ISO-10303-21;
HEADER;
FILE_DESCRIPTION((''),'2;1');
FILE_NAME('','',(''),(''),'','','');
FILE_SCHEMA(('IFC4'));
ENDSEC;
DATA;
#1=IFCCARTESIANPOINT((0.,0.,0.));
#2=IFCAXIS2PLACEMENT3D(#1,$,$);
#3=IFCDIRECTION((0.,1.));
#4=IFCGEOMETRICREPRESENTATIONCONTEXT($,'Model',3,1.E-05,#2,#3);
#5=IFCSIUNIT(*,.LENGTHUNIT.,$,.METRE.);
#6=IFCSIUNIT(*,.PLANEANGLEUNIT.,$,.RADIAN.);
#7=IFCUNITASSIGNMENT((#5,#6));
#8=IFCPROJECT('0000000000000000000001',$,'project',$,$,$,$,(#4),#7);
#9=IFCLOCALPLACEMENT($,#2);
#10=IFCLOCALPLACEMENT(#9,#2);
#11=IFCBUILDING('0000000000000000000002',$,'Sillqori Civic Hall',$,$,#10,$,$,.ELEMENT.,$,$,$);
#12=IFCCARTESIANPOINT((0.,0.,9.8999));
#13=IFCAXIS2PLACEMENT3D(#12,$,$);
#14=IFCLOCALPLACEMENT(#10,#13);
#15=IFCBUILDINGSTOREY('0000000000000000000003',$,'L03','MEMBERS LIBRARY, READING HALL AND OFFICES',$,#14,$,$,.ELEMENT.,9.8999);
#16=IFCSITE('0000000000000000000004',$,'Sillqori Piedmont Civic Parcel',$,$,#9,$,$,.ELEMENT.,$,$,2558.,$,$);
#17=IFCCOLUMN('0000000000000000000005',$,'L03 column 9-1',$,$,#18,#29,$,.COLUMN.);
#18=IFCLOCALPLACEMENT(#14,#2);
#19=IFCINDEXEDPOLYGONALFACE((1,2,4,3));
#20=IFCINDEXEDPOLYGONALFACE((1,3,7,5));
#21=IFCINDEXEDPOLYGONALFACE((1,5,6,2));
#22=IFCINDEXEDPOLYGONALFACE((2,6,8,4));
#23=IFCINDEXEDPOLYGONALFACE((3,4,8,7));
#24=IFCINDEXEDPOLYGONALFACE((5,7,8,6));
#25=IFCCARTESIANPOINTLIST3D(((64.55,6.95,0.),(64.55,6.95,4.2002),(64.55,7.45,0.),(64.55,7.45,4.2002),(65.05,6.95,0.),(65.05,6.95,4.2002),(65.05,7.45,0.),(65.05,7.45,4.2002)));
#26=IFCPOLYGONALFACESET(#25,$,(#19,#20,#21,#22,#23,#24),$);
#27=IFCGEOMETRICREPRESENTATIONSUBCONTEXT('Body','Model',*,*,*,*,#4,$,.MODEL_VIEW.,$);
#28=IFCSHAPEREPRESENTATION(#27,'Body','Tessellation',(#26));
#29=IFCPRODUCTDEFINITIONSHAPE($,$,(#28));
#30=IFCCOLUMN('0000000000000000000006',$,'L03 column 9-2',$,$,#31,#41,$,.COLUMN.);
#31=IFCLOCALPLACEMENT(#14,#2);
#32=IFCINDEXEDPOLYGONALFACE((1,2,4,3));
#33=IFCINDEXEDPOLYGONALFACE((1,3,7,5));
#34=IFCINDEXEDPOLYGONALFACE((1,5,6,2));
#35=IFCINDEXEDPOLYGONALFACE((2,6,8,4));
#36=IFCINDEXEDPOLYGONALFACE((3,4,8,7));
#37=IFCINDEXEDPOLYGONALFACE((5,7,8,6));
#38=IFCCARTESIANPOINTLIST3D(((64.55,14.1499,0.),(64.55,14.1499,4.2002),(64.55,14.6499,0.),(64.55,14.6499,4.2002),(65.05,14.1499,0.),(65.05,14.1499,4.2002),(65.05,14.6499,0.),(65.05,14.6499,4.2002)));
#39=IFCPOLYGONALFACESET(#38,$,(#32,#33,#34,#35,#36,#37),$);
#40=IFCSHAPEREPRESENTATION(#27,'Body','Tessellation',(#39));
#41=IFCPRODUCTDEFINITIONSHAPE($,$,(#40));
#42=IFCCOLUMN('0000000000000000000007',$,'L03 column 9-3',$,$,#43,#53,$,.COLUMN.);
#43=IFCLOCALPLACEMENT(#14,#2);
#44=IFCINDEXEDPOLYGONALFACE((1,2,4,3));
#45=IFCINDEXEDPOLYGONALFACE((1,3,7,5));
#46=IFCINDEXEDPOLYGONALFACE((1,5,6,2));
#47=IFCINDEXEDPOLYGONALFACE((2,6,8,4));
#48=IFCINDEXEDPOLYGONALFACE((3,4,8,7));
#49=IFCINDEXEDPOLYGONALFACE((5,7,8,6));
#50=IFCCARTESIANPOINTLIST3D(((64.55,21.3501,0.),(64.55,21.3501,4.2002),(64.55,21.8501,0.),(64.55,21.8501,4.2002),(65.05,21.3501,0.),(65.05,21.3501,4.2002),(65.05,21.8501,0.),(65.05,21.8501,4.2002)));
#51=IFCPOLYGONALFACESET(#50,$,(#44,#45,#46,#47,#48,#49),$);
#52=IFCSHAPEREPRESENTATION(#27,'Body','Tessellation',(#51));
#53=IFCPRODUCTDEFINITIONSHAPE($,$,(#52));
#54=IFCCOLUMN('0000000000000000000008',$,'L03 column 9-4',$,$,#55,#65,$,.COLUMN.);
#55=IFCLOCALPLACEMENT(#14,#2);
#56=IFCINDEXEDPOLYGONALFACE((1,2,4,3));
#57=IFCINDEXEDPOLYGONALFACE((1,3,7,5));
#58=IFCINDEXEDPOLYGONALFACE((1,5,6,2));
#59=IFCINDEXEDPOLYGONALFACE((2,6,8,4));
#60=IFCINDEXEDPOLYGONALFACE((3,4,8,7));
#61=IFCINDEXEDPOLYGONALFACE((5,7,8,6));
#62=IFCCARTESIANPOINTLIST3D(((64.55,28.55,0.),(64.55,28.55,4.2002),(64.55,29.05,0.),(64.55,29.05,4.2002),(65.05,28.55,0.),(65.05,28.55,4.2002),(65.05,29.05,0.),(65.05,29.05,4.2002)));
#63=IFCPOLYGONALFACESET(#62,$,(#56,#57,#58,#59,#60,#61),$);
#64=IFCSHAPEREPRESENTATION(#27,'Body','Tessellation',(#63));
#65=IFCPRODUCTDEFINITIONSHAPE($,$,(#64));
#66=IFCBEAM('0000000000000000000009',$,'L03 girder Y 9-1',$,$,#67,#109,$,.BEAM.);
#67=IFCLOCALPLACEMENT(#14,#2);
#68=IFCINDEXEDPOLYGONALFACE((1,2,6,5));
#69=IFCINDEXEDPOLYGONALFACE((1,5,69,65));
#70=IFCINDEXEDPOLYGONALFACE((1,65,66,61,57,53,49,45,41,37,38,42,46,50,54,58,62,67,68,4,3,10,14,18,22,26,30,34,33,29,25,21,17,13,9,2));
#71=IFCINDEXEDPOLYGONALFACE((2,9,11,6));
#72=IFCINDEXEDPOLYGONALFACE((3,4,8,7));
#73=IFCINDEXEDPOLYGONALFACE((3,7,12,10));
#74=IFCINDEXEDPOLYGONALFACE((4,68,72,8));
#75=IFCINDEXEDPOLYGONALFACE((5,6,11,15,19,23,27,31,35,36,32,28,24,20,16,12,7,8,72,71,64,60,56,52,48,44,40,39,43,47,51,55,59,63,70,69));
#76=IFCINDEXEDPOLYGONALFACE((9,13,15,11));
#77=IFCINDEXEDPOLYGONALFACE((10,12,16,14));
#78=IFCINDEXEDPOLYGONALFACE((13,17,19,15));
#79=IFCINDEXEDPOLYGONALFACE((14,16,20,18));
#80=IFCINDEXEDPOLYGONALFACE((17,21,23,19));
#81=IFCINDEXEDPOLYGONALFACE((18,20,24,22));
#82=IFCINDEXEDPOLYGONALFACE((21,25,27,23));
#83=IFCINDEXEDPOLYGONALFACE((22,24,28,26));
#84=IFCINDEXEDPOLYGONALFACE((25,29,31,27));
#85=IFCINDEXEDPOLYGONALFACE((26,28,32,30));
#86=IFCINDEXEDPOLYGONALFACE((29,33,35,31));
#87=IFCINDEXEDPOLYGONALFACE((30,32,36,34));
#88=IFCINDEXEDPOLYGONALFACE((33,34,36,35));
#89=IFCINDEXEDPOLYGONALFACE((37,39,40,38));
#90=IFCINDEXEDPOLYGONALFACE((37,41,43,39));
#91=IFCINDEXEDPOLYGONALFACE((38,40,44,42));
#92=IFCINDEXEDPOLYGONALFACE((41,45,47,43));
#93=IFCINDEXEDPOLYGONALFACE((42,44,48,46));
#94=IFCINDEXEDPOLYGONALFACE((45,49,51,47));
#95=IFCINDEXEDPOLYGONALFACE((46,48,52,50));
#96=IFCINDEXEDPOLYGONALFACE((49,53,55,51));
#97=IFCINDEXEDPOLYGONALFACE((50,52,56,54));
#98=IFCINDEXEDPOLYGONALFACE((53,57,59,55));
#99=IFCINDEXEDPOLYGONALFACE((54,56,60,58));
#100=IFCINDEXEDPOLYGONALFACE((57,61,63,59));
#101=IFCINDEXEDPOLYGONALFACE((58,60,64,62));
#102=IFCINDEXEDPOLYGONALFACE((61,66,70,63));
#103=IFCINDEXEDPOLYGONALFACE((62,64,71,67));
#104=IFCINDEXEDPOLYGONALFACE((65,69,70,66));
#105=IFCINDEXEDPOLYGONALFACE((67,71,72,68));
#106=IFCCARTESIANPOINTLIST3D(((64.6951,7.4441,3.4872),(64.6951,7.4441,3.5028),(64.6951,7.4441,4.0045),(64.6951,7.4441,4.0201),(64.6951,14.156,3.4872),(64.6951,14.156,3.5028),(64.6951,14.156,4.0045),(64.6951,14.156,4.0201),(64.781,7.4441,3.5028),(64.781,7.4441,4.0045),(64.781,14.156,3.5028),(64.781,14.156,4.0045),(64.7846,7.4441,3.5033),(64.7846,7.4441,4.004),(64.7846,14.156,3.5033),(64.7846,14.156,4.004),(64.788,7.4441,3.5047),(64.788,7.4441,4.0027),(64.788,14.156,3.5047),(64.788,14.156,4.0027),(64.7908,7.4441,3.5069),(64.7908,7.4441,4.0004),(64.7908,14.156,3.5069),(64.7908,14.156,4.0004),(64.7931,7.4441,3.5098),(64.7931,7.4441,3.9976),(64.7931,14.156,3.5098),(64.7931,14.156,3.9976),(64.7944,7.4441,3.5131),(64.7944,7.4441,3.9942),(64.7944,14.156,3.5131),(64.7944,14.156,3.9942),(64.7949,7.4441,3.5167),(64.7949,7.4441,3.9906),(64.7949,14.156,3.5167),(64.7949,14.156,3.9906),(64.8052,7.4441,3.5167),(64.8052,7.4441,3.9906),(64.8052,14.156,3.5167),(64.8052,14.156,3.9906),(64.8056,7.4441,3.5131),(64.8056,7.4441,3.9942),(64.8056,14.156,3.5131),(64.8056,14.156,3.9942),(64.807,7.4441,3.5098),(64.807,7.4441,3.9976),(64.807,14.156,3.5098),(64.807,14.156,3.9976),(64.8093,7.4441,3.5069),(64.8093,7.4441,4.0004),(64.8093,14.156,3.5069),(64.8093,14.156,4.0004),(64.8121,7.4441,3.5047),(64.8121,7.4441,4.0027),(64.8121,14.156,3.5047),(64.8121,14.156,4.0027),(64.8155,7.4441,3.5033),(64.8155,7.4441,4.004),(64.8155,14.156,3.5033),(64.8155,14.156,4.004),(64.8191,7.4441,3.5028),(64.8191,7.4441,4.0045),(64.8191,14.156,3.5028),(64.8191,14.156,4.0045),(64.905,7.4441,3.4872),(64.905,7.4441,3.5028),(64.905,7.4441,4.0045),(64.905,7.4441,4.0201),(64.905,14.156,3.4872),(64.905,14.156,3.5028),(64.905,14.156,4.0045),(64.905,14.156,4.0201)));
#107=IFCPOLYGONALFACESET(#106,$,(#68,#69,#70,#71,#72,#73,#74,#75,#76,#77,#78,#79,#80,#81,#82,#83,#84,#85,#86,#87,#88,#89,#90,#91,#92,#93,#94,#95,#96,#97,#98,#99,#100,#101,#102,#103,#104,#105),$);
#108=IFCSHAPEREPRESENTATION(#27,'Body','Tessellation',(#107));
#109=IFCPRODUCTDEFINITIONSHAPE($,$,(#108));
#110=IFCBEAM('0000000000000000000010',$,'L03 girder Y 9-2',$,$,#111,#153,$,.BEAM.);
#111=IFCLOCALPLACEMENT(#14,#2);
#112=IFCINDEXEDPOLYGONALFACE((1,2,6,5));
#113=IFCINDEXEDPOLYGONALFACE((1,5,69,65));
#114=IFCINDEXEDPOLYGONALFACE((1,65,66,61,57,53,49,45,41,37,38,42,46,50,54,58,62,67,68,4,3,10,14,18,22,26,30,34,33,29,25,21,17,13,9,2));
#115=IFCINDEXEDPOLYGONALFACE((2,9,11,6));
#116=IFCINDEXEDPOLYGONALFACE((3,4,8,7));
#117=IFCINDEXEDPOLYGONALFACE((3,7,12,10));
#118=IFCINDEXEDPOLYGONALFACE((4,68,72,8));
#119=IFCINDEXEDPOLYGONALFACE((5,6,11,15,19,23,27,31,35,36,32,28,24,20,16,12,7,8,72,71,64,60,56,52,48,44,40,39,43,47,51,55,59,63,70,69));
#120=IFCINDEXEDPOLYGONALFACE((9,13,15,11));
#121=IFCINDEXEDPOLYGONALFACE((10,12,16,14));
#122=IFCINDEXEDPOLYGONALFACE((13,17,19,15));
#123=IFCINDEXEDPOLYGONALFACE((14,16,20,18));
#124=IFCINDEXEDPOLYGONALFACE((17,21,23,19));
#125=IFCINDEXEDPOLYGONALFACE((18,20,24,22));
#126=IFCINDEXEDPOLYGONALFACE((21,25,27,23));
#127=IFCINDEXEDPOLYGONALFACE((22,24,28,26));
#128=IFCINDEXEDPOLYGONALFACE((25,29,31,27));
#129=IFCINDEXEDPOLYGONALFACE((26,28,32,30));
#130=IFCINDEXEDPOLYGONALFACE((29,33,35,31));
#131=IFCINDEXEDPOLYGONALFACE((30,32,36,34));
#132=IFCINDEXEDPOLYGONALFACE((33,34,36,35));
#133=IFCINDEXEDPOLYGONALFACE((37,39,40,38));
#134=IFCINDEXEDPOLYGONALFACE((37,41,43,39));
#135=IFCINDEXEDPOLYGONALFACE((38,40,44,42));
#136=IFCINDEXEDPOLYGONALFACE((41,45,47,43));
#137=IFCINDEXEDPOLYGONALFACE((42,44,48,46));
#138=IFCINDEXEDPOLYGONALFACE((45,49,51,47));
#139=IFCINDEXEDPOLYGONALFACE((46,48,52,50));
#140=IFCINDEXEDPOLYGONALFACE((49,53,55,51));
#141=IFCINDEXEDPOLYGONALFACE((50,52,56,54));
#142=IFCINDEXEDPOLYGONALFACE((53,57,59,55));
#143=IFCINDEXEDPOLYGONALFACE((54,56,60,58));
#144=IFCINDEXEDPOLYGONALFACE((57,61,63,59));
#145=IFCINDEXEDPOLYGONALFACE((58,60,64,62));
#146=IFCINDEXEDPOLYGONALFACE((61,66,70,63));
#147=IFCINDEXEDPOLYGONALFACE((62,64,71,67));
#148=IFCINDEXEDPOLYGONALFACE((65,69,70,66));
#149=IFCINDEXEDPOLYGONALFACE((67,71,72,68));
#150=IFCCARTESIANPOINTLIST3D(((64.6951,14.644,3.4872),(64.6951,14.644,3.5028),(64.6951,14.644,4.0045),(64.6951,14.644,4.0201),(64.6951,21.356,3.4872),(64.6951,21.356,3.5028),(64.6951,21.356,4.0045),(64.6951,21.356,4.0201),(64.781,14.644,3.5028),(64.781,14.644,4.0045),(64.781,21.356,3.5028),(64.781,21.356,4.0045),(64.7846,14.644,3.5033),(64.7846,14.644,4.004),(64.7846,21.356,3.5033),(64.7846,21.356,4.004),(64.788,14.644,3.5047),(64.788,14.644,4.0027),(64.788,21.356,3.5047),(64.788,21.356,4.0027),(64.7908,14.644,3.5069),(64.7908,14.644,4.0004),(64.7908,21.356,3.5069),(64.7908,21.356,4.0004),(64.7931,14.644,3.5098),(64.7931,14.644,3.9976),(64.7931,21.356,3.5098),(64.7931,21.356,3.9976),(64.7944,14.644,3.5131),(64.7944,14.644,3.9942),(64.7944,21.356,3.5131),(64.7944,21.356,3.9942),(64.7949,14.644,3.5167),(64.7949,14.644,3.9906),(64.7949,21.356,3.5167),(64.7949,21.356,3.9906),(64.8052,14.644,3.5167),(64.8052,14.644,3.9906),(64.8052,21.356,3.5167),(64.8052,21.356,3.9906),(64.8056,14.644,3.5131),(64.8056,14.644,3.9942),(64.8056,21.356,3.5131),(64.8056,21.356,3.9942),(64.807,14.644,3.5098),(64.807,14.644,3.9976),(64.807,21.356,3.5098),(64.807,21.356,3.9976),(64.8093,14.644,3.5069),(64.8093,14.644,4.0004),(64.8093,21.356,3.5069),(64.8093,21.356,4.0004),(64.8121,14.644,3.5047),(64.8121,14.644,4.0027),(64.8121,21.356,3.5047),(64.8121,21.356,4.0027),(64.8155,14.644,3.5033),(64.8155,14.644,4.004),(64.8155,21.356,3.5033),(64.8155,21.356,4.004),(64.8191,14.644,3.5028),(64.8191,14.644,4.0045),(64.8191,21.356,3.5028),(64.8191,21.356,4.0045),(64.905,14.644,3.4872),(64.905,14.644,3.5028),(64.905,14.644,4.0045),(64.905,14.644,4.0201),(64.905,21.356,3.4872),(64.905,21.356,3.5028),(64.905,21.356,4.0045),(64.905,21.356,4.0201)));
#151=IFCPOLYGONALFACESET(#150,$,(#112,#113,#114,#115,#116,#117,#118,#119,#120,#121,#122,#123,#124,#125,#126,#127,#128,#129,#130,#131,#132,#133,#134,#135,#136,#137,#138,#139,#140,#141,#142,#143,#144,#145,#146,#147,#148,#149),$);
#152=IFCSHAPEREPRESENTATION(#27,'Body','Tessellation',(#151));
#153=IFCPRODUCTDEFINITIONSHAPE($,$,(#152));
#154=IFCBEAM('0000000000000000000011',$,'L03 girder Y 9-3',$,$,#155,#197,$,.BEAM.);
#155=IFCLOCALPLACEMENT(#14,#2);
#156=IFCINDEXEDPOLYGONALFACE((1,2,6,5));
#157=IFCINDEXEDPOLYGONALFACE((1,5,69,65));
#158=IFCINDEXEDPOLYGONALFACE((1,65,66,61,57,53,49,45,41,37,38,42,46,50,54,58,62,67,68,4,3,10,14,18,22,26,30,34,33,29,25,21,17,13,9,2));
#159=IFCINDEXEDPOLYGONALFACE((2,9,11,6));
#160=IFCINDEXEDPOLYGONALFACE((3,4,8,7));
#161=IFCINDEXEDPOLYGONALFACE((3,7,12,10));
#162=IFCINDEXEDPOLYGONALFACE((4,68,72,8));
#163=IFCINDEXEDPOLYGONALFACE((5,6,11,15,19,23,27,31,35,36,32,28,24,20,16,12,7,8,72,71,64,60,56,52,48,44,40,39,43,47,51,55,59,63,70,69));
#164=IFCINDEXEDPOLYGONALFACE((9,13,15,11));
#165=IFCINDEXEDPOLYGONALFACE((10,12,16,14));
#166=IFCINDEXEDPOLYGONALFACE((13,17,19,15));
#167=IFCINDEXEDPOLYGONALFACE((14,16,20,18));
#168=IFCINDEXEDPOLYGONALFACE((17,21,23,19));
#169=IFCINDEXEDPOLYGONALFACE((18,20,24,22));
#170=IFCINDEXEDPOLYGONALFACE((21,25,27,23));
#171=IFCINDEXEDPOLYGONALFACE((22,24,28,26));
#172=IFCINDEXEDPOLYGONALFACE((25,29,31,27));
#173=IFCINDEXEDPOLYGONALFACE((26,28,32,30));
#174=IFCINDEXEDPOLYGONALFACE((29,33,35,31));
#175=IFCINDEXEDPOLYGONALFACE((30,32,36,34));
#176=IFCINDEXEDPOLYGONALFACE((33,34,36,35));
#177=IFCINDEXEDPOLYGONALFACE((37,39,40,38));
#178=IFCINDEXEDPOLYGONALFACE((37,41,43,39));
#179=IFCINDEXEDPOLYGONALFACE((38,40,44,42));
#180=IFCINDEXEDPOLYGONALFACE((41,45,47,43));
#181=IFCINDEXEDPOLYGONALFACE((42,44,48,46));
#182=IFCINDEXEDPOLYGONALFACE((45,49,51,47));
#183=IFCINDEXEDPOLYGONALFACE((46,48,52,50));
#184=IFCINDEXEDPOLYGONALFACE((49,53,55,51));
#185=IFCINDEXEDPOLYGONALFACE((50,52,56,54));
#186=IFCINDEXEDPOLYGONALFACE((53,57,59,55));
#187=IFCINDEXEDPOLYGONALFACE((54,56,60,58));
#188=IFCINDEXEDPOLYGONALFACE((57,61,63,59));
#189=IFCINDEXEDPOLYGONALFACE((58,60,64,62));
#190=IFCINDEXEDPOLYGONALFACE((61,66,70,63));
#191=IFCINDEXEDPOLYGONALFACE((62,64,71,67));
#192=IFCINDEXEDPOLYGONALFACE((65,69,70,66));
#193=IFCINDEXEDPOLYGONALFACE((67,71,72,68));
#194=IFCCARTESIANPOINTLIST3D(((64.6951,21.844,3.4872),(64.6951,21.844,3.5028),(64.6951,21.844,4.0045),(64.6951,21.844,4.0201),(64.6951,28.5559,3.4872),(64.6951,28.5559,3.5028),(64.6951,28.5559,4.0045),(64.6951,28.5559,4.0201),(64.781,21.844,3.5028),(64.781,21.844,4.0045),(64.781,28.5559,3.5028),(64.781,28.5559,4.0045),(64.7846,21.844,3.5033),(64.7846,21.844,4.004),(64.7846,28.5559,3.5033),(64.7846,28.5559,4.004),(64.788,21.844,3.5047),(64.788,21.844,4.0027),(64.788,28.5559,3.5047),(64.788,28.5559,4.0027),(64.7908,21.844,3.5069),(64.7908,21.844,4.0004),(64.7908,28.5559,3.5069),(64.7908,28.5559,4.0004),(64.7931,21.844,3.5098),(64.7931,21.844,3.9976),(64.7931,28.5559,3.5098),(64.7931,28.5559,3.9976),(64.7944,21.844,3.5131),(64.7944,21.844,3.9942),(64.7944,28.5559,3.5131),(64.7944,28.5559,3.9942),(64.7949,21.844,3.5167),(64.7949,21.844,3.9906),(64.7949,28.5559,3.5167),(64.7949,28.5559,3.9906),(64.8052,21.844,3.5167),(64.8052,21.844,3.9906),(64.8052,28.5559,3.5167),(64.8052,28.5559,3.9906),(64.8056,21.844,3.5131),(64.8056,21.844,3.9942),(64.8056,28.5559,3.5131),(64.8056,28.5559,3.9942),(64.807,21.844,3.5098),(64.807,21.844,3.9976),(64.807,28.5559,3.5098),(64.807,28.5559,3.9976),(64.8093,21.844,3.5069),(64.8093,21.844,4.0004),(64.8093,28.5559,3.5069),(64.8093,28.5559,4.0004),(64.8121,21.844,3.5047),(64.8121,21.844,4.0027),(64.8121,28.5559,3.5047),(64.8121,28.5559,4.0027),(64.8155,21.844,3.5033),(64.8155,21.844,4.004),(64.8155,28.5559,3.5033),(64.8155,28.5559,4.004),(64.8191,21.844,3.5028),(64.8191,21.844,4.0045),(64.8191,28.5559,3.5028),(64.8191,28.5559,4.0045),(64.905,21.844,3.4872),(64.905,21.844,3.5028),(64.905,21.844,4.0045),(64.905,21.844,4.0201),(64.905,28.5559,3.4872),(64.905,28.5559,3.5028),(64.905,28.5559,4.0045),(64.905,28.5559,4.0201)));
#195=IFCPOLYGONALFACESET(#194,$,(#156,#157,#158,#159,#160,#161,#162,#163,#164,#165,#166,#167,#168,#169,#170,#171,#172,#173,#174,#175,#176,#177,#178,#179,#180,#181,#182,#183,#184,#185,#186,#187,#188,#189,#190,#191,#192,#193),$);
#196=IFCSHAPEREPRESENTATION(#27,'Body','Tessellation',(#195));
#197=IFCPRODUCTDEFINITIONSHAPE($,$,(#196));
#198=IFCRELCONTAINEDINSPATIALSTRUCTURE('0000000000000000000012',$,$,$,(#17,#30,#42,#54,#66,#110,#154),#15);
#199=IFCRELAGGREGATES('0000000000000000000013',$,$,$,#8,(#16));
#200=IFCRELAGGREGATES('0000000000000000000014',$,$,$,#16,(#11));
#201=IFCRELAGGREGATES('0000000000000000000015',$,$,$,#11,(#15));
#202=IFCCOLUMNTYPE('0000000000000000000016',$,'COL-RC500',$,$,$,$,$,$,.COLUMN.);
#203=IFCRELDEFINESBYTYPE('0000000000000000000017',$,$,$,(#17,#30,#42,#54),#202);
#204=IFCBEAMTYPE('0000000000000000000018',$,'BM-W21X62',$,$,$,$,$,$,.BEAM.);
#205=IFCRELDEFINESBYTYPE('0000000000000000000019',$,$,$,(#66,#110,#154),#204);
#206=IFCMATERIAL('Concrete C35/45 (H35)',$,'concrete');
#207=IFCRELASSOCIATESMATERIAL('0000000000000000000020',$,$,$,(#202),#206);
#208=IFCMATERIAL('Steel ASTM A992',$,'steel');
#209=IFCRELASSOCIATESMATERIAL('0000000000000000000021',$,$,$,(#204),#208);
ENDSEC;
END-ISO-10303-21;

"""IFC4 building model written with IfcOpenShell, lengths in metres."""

from ifc_helpers import new_model, si_unit, direction, frame, origin, origin_2d, place, context, subcontext, project, spatial, rectangle, i_section, extrude, material, material_profile, profile_set, type_object, element, save


model = new_model("IFC4")

# Units and contexts
model_context = context("Model", 3, precision=1e-05, world=origin(), true_north=direction((0.0, 1.0)))
body_context = subcontext(model_context, "Body", "Model", "MODEL_VIEW")
ifc_project = project(units=[si_unit("LENGTHUNIT", "METRE"), si_unit("PLANEANGLEUNIT", "RADIAN")], contexts=[model_context])

# Site, building, storey
site_placement = place(None, origin())
site = spatial("IfcSite", under=ifc_project, at=site_placement, Name="Sillqori Piedmont Civic Parcel", CompositionType="ELEMENT", RefElevation=2558.0)
building_placement = place(site_placement, origin())
building = spatial("IfcBuilding", under=site, at=building_placement, Name="Sillqori Civic Hall", CompositionType="ELEMENT")
storey_placement = place(building_placement, frame((0.0, 0.0, 9.8999)))
storey = spatial("IfcBuildingStorey", under=building, at=storey_placement, Name="L03", Description="MEMBERS LIBRARY, READING HALL AND OFFICES", CompositionType="ELEMENT", Elevation=9.8999)

# Columns
ifc_material_1 = material(Name="Concrete C35/45 (H35)", Category="concrete")
ifc_material_profile_1 = material_profile(ifc_material_1, rectangle(XDim=0.5, YDim=0.5, at=origin_2d()), Name="RC 500x500")
ifc_profile_set_1 = profile_set([ifc_material_profile_1], Name="Concrete C35/45 (H35)")
column_type = type_object("IfcColumnType", Name="COL-RC500", PredefinedType="COLUMN", material=ifc_profile_set_1)
for number, where, z_axis, x_axis, name in (
    (1, (64.8, 7.2, 0.0), (0.0, 0.0, 1.0), (1.0, 0.0, 0.0), "L03 column 9-1"),
    (2, (64.8, 14.3999, 0.0), (0.0, 0.0, 1.0), (1.0, 0.0, 0.0), "L03 column 9-2"),
    (3, (64.8, 21.6001, 0.0), (0.0, 0.0, 1.0), (1.0, 0.0, 0.0), "L03 column 9-3"),
    (4, (64.8, 28.8, 0.0), (0.0, 0.0, 1.0), (1.0, 0.0, 0.0), "L03 column 9-4"),
):
    element("IfcColumn", number, at=place(storey_placement, frame(where, z_axis=z_axis, x_axis=x_axis)), inside=storey, type_object=column_type, Name=name, PredefinedType="COLUMN", context=body_context, shape_type="SweptSolid", body=[
        extrude(rectangle(XDim=0.5, YDim=0.5, at=origin_2d()), origin(), (0.0, 0.0, 1.0), 4.2002),
    ])

# Beams
ifc_material_2 = material(Name="Steel ASTM A992", Category="steel")
ifc_material_profile_2 = material_profile(ifc_material_2, i_section(OverallWidth=0.21, OverallDepth=0.533, WebThickness=0.0103, FlangeThickness=0.0156, FilletRadius=0.0139, at=origin_2d()), Name="W21X62")
ifc_profile_set_2 = profile_set([ifc_material_profile_2], Name="Steel ASTM A992")
beam_type_1 = type_object("IfcBeamType", Name="BM-W21X62", PredefinedType="BEAM", material=ifc_profile_set_2)
for number, where, z_axis, x_axis, name in (
    (5, (64.8, 7.4441, 3.7537), (0.0, 1.0, 0.0), (-1.0, 0.0, 0.0), "L03 girder Y 9-1"),
    (6, (64.8, 14.644, 3.7537), (0.0, 1.0, 0.0), (-1.0, 0.0, 0.0), "L03 girder Y 9-2"),
    (7, (64.8, 21.844, 3.7537), (0.0, 1.0, 0.0), (-1.0, 0.0, 0.0), "L03 girder Y 9-3"),
):
    element("IfcBeam", number, at=place(storey_placement, frame(where, z_axis=z_axis, x_axis=x_axis)), inside=storey, type_object=beam_type_1, Name=name, PredefinedType="BEAM", context=body_context, shape_type="SweptSolid", body=[
        extrude(i_section(OverallWidth=0.21, OverallDepth=0.533, WebThickness=0.0103, FlangeThickness=0.0156, FilletRadius=0.0139, at=origin_2d()), origin(), (0.0, 0.0, 1.0), 6.7119),
    ])

save(model, "model.ifc")
